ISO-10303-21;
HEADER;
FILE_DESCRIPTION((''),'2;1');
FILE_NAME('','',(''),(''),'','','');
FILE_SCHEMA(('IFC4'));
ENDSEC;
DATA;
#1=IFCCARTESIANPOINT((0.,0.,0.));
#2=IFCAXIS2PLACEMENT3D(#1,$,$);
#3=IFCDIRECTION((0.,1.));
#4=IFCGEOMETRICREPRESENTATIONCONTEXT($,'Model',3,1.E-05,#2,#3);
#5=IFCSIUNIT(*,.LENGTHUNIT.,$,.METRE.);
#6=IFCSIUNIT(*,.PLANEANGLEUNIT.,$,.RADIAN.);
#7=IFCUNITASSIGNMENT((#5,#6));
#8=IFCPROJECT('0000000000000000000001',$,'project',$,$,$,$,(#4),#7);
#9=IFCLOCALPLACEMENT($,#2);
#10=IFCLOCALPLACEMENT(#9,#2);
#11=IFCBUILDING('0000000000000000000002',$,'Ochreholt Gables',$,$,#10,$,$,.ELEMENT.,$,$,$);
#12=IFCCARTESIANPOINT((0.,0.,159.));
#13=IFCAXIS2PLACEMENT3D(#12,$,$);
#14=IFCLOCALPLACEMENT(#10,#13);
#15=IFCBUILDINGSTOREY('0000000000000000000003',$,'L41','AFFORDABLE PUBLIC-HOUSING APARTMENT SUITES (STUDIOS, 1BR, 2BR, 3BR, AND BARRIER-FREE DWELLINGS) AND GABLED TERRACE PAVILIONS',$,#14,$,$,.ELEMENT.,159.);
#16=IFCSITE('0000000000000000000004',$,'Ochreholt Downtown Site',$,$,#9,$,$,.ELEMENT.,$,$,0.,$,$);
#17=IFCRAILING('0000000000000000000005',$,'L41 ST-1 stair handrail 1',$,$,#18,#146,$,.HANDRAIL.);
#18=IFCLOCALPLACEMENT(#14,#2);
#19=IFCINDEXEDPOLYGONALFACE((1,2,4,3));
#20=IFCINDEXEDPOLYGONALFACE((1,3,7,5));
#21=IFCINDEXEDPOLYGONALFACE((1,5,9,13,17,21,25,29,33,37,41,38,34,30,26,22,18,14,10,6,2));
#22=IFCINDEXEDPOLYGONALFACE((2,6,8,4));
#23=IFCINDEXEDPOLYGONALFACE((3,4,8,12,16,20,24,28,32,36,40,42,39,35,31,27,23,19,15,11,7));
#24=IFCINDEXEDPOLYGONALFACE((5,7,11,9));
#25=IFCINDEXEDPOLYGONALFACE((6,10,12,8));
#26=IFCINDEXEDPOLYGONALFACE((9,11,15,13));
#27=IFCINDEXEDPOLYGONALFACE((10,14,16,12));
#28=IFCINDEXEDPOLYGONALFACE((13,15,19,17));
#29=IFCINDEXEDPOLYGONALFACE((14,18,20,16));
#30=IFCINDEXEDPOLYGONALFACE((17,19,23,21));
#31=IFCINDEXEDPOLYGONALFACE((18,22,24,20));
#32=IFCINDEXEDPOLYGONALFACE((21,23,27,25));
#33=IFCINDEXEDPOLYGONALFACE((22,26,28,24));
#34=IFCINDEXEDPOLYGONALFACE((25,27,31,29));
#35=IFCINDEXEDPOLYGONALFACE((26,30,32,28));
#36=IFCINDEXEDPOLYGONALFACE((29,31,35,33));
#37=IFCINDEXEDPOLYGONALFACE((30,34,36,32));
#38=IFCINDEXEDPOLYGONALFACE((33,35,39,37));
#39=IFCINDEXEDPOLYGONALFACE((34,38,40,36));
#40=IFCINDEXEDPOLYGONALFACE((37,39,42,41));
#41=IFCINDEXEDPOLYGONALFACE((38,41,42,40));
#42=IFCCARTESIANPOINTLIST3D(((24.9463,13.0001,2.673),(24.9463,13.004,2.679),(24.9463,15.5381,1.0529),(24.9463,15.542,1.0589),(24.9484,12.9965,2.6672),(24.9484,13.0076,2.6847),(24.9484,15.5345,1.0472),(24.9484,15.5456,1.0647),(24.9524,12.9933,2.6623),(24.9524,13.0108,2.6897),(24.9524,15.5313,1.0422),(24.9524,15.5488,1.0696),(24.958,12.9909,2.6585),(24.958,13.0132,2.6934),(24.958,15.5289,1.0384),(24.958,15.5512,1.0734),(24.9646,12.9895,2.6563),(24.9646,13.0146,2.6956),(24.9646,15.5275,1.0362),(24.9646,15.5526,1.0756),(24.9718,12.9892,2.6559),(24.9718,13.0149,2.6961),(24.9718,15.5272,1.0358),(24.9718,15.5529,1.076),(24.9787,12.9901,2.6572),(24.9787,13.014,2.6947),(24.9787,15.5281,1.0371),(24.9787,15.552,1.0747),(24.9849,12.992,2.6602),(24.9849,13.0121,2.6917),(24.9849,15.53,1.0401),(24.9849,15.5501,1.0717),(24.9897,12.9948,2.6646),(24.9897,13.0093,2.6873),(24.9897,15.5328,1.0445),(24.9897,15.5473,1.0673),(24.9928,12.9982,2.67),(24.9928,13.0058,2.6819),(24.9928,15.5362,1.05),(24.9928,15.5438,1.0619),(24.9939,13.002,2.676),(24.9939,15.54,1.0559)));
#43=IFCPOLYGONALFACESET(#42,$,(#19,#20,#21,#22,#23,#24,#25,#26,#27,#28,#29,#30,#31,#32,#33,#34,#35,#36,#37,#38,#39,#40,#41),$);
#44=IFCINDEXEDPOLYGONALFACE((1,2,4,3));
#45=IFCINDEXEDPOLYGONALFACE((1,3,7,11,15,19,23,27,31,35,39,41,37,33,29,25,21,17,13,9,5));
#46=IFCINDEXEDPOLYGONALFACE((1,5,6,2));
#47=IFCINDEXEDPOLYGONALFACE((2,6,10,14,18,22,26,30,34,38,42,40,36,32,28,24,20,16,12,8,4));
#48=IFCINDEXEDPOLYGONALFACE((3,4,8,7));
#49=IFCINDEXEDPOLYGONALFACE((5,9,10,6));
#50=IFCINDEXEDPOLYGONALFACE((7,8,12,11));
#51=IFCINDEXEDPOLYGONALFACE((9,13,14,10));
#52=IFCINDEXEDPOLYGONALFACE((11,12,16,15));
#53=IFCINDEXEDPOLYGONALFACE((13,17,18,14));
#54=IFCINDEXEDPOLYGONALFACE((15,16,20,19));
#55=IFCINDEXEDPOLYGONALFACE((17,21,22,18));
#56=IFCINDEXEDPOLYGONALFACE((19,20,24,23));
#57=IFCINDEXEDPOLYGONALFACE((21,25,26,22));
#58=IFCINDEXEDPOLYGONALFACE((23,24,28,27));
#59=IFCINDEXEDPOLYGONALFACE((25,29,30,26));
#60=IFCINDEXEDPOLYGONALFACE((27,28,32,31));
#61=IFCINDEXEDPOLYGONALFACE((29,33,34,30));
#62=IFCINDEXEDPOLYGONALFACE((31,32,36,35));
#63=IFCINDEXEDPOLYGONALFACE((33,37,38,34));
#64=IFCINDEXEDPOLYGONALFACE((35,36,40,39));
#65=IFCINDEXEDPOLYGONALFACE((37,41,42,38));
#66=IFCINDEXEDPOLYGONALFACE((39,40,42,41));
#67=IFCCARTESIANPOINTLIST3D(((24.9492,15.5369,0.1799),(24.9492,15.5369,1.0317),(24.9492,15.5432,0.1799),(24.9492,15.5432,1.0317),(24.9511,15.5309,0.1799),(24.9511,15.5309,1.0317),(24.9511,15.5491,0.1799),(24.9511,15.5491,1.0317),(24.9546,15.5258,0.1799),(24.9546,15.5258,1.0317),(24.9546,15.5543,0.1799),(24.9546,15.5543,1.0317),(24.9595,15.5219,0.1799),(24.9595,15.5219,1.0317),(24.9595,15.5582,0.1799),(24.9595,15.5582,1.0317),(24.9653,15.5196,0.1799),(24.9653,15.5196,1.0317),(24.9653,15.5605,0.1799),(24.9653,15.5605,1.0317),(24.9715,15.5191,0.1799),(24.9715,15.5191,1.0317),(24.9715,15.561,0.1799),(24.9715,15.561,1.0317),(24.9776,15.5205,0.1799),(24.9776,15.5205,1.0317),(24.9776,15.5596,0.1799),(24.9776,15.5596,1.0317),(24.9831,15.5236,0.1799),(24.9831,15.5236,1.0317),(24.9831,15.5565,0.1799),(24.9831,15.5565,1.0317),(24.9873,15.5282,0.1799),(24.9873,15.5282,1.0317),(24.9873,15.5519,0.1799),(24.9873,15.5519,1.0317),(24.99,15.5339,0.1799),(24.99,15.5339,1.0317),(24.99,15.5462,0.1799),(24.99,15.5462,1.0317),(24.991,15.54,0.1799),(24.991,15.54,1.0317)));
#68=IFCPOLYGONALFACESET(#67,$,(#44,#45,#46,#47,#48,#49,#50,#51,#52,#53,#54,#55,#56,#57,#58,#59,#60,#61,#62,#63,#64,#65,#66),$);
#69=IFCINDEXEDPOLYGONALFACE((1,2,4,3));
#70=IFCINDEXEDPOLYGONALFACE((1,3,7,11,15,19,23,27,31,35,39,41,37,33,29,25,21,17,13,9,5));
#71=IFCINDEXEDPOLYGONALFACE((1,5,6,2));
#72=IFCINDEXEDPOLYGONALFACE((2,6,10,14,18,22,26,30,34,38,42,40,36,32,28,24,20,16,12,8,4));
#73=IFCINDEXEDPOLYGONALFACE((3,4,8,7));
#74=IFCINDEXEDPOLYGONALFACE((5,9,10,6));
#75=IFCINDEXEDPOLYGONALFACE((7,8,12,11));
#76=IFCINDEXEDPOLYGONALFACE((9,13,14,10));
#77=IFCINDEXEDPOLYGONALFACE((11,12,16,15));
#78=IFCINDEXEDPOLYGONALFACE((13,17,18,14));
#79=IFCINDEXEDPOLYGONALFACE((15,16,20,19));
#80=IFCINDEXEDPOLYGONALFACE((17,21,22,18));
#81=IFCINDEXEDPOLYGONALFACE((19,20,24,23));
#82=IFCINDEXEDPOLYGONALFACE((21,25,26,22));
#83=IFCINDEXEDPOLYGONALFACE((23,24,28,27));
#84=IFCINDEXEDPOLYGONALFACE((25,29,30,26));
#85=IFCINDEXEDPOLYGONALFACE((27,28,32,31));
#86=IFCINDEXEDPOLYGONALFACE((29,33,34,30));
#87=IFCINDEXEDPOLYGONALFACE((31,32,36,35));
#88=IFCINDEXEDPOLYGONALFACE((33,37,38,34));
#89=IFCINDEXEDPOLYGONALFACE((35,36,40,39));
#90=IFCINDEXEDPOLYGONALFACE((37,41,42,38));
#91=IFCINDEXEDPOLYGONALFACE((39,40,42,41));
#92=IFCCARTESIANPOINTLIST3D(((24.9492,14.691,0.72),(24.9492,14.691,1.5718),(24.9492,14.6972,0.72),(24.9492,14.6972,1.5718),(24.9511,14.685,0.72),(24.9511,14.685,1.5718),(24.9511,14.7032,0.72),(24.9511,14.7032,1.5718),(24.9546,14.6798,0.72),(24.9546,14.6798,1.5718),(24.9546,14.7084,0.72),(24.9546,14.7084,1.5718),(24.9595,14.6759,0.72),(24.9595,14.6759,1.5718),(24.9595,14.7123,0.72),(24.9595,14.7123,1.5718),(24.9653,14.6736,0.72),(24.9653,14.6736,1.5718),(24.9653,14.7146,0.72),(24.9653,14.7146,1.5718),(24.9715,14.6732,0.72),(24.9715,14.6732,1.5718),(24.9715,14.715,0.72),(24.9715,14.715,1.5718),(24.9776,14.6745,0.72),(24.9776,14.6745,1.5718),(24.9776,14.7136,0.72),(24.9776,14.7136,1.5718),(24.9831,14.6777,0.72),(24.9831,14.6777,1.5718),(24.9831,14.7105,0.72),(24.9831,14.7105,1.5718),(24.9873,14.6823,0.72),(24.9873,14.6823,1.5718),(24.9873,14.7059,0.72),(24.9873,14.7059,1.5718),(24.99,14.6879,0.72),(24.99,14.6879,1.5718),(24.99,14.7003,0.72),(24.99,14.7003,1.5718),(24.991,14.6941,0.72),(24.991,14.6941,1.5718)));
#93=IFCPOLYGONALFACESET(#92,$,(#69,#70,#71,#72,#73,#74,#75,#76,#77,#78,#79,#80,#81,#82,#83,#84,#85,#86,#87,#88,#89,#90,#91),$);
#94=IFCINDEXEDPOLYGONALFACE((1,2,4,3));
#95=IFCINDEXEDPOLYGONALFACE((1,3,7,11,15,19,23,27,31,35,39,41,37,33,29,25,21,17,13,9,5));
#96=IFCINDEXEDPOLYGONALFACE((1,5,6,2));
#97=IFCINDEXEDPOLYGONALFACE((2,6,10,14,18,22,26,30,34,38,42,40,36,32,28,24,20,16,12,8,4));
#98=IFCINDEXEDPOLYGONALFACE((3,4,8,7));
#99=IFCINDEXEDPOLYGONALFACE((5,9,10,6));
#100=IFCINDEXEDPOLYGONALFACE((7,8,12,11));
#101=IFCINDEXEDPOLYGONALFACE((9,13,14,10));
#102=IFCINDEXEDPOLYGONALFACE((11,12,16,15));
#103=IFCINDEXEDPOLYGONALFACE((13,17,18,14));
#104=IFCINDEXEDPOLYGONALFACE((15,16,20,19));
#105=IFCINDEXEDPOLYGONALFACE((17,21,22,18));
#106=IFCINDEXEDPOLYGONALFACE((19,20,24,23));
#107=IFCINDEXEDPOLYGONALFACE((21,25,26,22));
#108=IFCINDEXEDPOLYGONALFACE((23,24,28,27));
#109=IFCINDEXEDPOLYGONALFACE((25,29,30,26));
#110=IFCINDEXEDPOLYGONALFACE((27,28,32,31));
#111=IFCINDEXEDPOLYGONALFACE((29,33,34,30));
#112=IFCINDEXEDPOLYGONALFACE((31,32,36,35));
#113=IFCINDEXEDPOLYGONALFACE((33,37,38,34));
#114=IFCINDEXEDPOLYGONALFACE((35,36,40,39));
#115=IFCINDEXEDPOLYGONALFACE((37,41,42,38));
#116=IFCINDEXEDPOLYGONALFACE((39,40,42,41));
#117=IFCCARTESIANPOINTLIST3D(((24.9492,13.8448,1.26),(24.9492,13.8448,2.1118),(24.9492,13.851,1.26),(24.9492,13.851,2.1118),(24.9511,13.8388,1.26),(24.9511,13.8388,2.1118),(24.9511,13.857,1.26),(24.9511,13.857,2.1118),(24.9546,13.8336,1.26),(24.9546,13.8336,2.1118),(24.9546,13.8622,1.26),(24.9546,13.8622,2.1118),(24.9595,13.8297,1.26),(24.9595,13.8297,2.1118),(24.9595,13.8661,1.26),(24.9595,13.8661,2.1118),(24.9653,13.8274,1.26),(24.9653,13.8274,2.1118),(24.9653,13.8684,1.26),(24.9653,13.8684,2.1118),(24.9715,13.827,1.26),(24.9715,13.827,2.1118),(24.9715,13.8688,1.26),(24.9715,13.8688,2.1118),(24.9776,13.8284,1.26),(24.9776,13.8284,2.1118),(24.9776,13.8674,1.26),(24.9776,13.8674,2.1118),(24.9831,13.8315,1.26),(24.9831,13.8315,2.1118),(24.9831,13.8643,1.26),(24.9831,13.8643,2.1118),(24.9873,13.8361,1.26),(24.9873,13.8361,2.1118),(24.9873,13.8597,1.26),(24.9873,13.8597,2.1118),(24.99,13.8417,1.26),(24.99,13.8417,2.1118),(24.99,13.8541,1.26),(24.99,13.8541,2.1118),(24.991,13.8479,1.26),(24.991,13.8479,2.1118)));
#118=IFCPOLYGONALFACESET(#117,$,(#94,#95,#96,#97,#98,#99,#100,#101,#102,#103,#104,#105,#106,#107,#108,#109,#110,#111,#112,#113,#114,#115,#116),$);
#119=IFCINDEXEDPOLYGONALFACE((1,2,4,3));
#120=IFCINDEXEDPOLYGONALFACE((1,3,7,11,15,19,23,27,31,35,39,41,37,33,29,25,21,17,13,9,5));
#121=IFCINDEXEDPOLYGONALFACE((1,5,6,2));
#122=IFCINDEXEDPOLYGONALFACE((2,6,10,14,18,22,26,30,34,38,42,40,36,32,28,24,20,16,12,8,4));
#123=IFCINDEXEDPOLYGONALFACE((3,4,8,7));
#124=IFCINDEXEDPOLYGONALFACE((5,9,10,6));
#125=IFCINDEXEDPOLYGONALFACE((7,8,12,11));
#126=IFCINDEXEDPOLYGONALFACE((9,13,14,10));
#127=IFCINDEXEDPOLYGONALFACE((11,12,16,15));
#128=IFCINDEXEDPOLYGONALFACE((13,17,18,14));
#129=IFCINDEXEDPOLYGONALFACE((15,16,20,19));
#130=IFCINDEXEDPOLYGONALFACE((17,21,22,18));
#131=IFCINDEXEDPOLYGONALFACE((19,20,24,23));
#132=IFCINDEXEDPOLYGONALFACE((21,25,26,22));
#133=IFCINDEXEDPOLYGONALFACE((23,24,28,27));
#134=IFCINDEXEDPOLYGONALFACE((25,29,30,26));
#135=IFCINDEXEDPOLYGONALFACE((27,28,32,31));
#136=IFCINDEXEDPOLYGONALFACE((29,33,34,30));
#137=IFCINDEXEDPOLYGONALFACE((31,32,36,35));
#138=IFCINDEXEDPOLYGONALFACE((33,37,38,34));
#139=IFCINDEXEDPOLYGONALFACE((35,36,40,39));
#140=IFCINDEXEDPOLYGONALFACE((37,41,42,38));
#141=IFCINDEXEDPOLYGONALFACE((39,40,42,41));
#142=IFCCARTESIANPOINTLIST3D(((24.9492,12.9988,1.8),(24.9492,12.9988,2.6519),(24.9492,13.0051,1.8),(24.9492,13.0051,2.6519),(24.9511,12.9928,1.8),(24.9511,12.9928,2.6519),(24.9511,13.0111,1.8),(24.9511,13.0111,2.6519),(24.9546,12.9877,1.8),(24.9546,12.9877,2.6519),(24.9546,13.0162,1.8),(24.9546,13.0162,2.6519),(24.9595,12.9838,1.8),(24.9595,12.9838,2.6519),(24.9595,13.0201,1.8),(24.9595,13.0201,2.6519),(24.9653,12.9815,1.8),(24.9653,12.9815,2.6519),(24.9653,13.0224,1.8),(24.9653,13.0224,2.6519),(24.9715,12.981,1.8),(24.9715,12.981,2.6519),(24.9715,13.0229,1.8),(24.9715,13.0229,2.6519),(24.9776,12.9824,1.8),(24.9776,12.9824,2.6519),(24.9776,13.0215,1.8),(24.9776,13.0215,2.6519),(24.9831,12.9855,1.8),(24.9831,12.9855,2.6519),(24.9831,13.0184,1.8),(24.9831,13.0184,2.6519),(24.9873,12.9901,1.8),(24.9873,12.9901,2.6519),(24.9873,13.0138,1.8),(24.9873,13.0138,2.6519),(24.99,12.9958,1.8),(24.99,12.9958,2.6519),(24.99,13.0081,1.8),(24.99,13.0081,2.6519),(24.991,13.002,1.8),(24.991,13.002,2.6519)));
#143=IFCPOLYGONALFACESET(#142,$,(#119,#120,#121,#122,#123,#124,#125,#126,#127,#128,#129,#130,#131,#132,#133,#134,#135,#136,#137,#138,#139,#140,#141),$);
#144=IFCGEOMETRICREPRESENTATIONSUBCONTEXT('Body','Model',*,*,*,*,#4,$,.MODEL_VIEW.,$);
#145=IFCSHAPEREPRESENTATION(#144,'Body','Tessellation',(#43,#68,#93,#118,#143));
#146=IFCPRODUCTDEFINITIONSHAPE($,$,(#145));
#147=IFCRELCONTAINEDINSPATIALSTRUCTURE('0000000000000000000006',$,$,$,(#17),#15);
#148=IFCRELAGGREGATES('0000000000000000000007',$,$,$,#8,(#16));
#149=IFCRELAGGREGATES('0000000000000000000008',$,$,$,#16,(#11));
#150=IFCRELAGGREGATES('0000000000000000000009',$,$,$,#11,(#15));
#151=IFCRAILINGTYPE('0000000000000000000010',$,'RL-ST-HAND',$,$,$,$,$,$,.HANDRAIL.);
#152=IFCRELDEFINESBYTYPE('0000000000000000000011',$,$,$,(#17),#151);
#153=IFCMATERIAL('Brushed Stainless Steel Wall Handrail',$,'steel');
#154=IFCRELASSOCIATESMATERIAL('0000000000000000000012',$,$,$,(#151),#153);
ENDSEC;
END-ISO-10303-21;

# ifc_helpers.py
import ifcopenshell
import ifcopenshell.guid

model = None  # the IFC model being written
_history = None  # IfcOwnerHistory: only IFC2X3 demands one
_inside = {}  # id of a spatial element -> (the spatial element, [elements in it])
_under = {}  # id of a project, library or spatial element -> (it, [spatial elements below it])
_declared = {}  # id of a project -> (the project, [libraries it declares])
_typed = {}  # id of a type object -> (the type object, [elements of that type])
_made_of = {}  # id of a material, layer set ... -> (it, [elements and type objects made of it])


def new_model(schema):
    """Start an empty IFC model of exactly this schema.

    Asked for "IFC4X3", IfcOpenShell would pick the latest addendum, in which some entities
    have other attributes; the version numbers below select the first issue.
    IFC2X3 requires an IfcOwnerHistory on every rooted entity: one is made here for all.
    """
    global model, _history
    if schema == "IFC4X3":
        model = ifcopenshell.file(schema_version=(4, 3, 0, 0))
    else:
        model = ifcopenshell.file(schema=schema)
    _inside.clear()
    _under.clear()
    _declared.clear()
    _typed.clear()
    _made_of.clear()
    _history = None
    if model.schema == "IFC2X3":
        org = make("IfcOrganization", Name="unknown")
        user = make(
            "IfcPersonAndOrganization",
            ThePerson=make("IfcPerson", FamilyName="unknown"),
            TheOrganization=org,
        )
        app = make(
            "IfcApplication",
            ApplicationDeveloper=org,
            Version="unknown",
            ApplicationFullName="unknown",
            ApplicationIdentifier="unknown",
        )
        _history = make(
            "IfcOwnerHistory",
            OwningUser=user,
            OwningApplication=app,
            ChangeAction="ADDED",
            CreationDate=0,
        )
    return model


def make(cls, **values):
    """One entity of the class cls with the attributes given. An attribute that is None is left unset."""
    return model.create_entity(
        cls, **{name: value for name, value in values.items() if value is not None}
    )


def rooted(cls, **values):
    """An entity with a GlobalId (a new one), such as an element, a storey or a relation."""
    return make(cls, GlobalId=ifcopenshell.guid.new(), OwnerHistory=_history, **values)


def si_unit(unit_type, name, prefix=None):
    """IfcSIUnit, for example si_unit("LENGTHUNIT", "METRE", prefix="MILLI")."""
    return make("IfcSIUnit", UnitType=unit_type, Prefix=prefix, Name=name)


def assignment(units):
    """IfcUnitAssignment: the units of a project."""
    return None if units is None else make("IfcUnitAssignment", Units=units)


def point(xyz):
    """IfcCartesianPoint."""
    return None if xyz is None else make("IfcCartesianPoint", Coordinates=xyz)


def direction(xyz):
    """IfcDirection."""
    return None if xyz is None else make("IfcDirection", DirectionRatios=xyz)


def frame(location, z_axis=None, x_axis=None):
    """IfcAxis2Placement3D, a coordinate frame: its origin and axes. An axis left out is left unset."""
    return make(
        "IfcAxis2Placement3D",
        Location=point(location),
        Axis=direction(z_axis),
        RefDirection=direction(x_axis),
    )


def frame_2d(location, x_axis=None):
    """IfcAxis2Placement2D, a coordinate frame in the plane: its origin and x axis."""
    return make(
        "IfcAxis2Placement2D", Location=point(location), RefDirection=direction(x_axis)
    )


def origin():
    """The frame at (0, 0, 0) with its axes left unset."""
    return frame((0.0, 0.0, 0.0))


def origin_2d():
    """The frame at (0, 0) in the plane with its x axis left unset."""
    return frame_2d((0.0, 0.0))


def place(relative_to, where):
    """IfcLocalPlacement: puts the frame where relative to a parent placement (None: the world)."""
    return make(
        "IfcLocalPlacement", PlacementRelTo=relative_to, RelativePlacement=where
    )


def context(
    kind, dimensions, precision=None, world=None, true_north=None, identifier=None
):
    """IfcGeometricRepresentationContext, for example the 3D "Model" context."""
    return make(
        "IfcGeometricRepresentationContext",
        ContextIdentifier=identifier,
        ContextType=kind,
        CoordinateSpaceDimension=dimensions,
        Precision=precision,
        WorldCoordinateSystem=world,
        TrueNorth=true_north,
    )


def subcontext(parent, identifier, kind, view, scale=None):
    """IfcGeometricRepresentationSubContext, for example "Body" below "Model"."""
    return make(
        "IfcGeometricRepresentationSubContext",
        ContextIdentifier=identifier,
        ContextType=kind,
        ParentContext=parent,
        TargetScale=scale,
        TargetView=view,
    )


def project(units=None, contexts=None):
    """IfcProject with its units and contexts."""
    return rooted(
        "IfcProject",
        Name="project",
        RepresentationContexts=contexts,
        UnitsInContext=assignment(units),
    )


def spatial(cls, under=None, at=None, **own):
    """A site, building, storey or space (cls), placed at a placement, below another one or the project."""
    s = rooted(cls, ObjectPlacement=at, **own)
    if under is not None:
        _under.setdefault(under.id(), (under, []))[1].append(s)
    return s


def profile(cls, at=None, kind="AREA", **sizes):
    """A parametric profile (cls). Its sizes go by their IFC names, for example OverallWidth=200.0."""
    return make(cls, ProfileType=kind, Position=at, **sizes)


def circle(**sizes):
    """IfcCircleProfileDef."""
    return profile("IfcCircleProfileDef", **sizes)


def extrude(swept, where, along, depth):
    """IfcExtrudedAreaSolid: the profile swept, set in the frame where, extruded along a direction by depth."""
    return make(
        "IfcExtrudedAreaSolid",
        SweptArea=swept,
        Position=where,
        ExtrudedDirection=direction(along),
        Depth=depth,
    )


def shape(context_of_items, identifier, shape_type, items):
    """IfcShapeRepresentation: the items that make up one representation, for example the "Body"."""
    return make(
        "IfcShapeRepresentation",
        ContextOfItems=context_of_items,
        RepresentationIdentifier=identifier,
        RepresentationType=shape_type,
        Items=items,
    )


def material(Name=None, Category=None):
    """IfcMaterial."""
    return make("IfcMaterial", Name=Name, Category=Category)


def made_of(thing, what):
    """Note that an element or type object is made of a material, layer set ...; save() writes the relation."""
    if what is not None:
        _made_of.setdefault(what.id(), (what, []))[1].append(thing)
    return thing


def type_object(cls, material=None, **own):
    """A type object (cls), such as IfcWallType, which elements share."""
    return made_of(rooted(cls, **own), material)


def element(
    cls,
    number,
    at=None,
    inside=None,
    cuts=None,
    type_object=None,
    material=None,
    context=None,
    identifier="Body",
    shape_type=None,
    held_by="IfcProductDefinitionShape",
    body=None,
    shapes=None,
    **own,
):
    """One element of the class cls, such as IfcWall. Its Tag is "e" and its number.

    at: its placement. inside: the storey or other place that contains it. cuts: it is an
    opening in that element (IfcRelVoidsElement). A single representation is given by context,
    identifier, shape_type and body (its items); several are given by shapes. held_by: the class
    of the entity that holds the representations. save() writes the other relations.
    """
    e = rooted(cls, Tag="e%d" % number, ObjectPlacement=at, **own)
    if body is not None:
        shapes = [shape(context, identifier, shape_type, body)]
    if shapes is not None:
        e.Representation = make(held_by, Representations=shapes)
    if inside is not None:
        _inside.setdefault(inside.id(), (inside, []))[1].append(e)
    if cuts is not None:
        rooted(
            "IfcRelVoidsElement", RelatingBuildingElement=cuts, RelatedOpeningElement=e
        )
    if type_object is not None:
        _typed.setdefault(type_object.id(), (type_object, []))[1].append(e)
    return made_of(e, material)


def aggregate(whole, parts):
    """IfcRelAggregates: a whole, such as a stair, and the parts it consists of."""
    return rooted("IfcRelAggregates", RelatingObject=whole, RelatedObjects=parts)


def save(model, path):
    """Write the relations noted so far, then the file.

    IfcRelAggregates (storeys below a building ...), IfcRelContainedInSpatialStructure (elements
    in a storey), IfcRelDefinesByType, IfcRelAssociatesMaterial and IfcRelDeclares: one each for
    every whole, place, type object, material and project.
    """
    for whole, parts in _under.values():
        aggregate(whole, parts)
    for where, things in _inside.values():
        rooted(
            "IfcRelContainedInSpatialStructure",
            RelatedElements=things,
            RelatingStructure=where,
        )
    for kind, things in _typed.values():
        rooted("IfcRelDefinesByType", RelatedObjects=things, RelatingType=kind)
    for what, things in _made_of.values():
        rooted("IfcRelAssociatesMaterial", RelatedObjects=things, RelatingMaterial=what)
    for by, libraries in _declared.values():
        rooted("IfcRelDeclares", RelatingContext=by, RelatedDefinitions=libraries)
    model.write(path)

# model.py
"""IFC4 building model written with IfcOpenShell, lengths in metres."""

from ifc_helpers import new_model, si_unit, direction, frame, origin, origin_2d, place, context, subcontext, project, spatial, circle, extrude, material, type_object, element, save


model = new_model("IFC4")

# Units and contexts
model_context = context("Model", 3, precision=1e-05, world=origin(), true_north=direction((0.0, 1.0)))
body_context = subcontext(model_context, "Body", "Model", "MODEL_VIEW")
ifc_project = project(units=[si_unit("LENGTHUNIT", "METRE"), si_unit("PLANEANGLEUNIT", "RADIAN")], contexts=[model_context])

# Site, building, storey
site_placement = place(None, origin())
site = spatial("IfcSite", under=ifc_project, at=site_placement, Name="Ochreholt Downtown Site", CompositionType="ELEMENT", RefElevation=0.0)
building_placement = place(site_placement, origin())
building = spatial("IfcBuilding", under=site, at=building_placement, Name="Ochreholt Gables", CompositionType="ELEMENT")
storey_placement = place(building_placement, frame((0.0, 0.0, 159.0)))
storey = spatial("IfcBuildingStorey", under=building, at=storey_placement, Name="L41", Description="AFFORDABLE PUBLIC-HOUSING APARTMENT SUITES (STUDIOS, 1BR, 2BR, 3BR, AND BARRIER-FREE DWELLINGS) AND GABLED TERRACE PAVILIONS", CompositionType="ELEMENT", Elevation=159.0)

# Railing
ifc_material_1 = material(Name="Brushed Stainless Steel Wall Handrail", Category="steel")
railing_type_1 = type_object("IfcRailingType", Name="RL-ST-HAND", PredefinedType="HANDRAIL", material=ifc_material_1)
railing_1_placement = place(storey_placement, frame((24.97, 15.54, 0.1799)))
element("IfcRailing", 1, at=railing_1_placement, inside=storey, type_object=railing_type_1, Name="L41 ST-1 stair handrail 1", PredefinedType="HANDRAIL", context=body_context, shape_type="SweptSolid", body=[
    extrude(circle(Radius=0.0239, at=origin_2d()), frame((0.0, 0.0, 0.876), z_axis=(0.0, -0.842913, 0.53805), x_axis=(1.0, 0.0, 0.0)), (0.0, 0.0, 1.0), 3.011),
    extrude(circle(Radius=0.021, at=origin_2d()), origin(), (0.0, 0.0, 1.0), 0.8518),
    extrude(circle(Radius=0.021, at=origin_2d()), frame((0.0, -0.8459, 0.54)), (0.0, 0.0, 1.0), 0.8518),
    extrude(circle(Radius=0.021, at=origin_2d()), frame((0.0, -1.6921, 1.0801)), (0.0, 0.0, 1.0), 0.8518),
    extrude(circle(Radius=0.021, at=origin_2d()), frame((0.0, -2.5381, 1.6201)), (0.0, 0.0, 1.0), 0.8518),
])

save(model, "model.ifc")
